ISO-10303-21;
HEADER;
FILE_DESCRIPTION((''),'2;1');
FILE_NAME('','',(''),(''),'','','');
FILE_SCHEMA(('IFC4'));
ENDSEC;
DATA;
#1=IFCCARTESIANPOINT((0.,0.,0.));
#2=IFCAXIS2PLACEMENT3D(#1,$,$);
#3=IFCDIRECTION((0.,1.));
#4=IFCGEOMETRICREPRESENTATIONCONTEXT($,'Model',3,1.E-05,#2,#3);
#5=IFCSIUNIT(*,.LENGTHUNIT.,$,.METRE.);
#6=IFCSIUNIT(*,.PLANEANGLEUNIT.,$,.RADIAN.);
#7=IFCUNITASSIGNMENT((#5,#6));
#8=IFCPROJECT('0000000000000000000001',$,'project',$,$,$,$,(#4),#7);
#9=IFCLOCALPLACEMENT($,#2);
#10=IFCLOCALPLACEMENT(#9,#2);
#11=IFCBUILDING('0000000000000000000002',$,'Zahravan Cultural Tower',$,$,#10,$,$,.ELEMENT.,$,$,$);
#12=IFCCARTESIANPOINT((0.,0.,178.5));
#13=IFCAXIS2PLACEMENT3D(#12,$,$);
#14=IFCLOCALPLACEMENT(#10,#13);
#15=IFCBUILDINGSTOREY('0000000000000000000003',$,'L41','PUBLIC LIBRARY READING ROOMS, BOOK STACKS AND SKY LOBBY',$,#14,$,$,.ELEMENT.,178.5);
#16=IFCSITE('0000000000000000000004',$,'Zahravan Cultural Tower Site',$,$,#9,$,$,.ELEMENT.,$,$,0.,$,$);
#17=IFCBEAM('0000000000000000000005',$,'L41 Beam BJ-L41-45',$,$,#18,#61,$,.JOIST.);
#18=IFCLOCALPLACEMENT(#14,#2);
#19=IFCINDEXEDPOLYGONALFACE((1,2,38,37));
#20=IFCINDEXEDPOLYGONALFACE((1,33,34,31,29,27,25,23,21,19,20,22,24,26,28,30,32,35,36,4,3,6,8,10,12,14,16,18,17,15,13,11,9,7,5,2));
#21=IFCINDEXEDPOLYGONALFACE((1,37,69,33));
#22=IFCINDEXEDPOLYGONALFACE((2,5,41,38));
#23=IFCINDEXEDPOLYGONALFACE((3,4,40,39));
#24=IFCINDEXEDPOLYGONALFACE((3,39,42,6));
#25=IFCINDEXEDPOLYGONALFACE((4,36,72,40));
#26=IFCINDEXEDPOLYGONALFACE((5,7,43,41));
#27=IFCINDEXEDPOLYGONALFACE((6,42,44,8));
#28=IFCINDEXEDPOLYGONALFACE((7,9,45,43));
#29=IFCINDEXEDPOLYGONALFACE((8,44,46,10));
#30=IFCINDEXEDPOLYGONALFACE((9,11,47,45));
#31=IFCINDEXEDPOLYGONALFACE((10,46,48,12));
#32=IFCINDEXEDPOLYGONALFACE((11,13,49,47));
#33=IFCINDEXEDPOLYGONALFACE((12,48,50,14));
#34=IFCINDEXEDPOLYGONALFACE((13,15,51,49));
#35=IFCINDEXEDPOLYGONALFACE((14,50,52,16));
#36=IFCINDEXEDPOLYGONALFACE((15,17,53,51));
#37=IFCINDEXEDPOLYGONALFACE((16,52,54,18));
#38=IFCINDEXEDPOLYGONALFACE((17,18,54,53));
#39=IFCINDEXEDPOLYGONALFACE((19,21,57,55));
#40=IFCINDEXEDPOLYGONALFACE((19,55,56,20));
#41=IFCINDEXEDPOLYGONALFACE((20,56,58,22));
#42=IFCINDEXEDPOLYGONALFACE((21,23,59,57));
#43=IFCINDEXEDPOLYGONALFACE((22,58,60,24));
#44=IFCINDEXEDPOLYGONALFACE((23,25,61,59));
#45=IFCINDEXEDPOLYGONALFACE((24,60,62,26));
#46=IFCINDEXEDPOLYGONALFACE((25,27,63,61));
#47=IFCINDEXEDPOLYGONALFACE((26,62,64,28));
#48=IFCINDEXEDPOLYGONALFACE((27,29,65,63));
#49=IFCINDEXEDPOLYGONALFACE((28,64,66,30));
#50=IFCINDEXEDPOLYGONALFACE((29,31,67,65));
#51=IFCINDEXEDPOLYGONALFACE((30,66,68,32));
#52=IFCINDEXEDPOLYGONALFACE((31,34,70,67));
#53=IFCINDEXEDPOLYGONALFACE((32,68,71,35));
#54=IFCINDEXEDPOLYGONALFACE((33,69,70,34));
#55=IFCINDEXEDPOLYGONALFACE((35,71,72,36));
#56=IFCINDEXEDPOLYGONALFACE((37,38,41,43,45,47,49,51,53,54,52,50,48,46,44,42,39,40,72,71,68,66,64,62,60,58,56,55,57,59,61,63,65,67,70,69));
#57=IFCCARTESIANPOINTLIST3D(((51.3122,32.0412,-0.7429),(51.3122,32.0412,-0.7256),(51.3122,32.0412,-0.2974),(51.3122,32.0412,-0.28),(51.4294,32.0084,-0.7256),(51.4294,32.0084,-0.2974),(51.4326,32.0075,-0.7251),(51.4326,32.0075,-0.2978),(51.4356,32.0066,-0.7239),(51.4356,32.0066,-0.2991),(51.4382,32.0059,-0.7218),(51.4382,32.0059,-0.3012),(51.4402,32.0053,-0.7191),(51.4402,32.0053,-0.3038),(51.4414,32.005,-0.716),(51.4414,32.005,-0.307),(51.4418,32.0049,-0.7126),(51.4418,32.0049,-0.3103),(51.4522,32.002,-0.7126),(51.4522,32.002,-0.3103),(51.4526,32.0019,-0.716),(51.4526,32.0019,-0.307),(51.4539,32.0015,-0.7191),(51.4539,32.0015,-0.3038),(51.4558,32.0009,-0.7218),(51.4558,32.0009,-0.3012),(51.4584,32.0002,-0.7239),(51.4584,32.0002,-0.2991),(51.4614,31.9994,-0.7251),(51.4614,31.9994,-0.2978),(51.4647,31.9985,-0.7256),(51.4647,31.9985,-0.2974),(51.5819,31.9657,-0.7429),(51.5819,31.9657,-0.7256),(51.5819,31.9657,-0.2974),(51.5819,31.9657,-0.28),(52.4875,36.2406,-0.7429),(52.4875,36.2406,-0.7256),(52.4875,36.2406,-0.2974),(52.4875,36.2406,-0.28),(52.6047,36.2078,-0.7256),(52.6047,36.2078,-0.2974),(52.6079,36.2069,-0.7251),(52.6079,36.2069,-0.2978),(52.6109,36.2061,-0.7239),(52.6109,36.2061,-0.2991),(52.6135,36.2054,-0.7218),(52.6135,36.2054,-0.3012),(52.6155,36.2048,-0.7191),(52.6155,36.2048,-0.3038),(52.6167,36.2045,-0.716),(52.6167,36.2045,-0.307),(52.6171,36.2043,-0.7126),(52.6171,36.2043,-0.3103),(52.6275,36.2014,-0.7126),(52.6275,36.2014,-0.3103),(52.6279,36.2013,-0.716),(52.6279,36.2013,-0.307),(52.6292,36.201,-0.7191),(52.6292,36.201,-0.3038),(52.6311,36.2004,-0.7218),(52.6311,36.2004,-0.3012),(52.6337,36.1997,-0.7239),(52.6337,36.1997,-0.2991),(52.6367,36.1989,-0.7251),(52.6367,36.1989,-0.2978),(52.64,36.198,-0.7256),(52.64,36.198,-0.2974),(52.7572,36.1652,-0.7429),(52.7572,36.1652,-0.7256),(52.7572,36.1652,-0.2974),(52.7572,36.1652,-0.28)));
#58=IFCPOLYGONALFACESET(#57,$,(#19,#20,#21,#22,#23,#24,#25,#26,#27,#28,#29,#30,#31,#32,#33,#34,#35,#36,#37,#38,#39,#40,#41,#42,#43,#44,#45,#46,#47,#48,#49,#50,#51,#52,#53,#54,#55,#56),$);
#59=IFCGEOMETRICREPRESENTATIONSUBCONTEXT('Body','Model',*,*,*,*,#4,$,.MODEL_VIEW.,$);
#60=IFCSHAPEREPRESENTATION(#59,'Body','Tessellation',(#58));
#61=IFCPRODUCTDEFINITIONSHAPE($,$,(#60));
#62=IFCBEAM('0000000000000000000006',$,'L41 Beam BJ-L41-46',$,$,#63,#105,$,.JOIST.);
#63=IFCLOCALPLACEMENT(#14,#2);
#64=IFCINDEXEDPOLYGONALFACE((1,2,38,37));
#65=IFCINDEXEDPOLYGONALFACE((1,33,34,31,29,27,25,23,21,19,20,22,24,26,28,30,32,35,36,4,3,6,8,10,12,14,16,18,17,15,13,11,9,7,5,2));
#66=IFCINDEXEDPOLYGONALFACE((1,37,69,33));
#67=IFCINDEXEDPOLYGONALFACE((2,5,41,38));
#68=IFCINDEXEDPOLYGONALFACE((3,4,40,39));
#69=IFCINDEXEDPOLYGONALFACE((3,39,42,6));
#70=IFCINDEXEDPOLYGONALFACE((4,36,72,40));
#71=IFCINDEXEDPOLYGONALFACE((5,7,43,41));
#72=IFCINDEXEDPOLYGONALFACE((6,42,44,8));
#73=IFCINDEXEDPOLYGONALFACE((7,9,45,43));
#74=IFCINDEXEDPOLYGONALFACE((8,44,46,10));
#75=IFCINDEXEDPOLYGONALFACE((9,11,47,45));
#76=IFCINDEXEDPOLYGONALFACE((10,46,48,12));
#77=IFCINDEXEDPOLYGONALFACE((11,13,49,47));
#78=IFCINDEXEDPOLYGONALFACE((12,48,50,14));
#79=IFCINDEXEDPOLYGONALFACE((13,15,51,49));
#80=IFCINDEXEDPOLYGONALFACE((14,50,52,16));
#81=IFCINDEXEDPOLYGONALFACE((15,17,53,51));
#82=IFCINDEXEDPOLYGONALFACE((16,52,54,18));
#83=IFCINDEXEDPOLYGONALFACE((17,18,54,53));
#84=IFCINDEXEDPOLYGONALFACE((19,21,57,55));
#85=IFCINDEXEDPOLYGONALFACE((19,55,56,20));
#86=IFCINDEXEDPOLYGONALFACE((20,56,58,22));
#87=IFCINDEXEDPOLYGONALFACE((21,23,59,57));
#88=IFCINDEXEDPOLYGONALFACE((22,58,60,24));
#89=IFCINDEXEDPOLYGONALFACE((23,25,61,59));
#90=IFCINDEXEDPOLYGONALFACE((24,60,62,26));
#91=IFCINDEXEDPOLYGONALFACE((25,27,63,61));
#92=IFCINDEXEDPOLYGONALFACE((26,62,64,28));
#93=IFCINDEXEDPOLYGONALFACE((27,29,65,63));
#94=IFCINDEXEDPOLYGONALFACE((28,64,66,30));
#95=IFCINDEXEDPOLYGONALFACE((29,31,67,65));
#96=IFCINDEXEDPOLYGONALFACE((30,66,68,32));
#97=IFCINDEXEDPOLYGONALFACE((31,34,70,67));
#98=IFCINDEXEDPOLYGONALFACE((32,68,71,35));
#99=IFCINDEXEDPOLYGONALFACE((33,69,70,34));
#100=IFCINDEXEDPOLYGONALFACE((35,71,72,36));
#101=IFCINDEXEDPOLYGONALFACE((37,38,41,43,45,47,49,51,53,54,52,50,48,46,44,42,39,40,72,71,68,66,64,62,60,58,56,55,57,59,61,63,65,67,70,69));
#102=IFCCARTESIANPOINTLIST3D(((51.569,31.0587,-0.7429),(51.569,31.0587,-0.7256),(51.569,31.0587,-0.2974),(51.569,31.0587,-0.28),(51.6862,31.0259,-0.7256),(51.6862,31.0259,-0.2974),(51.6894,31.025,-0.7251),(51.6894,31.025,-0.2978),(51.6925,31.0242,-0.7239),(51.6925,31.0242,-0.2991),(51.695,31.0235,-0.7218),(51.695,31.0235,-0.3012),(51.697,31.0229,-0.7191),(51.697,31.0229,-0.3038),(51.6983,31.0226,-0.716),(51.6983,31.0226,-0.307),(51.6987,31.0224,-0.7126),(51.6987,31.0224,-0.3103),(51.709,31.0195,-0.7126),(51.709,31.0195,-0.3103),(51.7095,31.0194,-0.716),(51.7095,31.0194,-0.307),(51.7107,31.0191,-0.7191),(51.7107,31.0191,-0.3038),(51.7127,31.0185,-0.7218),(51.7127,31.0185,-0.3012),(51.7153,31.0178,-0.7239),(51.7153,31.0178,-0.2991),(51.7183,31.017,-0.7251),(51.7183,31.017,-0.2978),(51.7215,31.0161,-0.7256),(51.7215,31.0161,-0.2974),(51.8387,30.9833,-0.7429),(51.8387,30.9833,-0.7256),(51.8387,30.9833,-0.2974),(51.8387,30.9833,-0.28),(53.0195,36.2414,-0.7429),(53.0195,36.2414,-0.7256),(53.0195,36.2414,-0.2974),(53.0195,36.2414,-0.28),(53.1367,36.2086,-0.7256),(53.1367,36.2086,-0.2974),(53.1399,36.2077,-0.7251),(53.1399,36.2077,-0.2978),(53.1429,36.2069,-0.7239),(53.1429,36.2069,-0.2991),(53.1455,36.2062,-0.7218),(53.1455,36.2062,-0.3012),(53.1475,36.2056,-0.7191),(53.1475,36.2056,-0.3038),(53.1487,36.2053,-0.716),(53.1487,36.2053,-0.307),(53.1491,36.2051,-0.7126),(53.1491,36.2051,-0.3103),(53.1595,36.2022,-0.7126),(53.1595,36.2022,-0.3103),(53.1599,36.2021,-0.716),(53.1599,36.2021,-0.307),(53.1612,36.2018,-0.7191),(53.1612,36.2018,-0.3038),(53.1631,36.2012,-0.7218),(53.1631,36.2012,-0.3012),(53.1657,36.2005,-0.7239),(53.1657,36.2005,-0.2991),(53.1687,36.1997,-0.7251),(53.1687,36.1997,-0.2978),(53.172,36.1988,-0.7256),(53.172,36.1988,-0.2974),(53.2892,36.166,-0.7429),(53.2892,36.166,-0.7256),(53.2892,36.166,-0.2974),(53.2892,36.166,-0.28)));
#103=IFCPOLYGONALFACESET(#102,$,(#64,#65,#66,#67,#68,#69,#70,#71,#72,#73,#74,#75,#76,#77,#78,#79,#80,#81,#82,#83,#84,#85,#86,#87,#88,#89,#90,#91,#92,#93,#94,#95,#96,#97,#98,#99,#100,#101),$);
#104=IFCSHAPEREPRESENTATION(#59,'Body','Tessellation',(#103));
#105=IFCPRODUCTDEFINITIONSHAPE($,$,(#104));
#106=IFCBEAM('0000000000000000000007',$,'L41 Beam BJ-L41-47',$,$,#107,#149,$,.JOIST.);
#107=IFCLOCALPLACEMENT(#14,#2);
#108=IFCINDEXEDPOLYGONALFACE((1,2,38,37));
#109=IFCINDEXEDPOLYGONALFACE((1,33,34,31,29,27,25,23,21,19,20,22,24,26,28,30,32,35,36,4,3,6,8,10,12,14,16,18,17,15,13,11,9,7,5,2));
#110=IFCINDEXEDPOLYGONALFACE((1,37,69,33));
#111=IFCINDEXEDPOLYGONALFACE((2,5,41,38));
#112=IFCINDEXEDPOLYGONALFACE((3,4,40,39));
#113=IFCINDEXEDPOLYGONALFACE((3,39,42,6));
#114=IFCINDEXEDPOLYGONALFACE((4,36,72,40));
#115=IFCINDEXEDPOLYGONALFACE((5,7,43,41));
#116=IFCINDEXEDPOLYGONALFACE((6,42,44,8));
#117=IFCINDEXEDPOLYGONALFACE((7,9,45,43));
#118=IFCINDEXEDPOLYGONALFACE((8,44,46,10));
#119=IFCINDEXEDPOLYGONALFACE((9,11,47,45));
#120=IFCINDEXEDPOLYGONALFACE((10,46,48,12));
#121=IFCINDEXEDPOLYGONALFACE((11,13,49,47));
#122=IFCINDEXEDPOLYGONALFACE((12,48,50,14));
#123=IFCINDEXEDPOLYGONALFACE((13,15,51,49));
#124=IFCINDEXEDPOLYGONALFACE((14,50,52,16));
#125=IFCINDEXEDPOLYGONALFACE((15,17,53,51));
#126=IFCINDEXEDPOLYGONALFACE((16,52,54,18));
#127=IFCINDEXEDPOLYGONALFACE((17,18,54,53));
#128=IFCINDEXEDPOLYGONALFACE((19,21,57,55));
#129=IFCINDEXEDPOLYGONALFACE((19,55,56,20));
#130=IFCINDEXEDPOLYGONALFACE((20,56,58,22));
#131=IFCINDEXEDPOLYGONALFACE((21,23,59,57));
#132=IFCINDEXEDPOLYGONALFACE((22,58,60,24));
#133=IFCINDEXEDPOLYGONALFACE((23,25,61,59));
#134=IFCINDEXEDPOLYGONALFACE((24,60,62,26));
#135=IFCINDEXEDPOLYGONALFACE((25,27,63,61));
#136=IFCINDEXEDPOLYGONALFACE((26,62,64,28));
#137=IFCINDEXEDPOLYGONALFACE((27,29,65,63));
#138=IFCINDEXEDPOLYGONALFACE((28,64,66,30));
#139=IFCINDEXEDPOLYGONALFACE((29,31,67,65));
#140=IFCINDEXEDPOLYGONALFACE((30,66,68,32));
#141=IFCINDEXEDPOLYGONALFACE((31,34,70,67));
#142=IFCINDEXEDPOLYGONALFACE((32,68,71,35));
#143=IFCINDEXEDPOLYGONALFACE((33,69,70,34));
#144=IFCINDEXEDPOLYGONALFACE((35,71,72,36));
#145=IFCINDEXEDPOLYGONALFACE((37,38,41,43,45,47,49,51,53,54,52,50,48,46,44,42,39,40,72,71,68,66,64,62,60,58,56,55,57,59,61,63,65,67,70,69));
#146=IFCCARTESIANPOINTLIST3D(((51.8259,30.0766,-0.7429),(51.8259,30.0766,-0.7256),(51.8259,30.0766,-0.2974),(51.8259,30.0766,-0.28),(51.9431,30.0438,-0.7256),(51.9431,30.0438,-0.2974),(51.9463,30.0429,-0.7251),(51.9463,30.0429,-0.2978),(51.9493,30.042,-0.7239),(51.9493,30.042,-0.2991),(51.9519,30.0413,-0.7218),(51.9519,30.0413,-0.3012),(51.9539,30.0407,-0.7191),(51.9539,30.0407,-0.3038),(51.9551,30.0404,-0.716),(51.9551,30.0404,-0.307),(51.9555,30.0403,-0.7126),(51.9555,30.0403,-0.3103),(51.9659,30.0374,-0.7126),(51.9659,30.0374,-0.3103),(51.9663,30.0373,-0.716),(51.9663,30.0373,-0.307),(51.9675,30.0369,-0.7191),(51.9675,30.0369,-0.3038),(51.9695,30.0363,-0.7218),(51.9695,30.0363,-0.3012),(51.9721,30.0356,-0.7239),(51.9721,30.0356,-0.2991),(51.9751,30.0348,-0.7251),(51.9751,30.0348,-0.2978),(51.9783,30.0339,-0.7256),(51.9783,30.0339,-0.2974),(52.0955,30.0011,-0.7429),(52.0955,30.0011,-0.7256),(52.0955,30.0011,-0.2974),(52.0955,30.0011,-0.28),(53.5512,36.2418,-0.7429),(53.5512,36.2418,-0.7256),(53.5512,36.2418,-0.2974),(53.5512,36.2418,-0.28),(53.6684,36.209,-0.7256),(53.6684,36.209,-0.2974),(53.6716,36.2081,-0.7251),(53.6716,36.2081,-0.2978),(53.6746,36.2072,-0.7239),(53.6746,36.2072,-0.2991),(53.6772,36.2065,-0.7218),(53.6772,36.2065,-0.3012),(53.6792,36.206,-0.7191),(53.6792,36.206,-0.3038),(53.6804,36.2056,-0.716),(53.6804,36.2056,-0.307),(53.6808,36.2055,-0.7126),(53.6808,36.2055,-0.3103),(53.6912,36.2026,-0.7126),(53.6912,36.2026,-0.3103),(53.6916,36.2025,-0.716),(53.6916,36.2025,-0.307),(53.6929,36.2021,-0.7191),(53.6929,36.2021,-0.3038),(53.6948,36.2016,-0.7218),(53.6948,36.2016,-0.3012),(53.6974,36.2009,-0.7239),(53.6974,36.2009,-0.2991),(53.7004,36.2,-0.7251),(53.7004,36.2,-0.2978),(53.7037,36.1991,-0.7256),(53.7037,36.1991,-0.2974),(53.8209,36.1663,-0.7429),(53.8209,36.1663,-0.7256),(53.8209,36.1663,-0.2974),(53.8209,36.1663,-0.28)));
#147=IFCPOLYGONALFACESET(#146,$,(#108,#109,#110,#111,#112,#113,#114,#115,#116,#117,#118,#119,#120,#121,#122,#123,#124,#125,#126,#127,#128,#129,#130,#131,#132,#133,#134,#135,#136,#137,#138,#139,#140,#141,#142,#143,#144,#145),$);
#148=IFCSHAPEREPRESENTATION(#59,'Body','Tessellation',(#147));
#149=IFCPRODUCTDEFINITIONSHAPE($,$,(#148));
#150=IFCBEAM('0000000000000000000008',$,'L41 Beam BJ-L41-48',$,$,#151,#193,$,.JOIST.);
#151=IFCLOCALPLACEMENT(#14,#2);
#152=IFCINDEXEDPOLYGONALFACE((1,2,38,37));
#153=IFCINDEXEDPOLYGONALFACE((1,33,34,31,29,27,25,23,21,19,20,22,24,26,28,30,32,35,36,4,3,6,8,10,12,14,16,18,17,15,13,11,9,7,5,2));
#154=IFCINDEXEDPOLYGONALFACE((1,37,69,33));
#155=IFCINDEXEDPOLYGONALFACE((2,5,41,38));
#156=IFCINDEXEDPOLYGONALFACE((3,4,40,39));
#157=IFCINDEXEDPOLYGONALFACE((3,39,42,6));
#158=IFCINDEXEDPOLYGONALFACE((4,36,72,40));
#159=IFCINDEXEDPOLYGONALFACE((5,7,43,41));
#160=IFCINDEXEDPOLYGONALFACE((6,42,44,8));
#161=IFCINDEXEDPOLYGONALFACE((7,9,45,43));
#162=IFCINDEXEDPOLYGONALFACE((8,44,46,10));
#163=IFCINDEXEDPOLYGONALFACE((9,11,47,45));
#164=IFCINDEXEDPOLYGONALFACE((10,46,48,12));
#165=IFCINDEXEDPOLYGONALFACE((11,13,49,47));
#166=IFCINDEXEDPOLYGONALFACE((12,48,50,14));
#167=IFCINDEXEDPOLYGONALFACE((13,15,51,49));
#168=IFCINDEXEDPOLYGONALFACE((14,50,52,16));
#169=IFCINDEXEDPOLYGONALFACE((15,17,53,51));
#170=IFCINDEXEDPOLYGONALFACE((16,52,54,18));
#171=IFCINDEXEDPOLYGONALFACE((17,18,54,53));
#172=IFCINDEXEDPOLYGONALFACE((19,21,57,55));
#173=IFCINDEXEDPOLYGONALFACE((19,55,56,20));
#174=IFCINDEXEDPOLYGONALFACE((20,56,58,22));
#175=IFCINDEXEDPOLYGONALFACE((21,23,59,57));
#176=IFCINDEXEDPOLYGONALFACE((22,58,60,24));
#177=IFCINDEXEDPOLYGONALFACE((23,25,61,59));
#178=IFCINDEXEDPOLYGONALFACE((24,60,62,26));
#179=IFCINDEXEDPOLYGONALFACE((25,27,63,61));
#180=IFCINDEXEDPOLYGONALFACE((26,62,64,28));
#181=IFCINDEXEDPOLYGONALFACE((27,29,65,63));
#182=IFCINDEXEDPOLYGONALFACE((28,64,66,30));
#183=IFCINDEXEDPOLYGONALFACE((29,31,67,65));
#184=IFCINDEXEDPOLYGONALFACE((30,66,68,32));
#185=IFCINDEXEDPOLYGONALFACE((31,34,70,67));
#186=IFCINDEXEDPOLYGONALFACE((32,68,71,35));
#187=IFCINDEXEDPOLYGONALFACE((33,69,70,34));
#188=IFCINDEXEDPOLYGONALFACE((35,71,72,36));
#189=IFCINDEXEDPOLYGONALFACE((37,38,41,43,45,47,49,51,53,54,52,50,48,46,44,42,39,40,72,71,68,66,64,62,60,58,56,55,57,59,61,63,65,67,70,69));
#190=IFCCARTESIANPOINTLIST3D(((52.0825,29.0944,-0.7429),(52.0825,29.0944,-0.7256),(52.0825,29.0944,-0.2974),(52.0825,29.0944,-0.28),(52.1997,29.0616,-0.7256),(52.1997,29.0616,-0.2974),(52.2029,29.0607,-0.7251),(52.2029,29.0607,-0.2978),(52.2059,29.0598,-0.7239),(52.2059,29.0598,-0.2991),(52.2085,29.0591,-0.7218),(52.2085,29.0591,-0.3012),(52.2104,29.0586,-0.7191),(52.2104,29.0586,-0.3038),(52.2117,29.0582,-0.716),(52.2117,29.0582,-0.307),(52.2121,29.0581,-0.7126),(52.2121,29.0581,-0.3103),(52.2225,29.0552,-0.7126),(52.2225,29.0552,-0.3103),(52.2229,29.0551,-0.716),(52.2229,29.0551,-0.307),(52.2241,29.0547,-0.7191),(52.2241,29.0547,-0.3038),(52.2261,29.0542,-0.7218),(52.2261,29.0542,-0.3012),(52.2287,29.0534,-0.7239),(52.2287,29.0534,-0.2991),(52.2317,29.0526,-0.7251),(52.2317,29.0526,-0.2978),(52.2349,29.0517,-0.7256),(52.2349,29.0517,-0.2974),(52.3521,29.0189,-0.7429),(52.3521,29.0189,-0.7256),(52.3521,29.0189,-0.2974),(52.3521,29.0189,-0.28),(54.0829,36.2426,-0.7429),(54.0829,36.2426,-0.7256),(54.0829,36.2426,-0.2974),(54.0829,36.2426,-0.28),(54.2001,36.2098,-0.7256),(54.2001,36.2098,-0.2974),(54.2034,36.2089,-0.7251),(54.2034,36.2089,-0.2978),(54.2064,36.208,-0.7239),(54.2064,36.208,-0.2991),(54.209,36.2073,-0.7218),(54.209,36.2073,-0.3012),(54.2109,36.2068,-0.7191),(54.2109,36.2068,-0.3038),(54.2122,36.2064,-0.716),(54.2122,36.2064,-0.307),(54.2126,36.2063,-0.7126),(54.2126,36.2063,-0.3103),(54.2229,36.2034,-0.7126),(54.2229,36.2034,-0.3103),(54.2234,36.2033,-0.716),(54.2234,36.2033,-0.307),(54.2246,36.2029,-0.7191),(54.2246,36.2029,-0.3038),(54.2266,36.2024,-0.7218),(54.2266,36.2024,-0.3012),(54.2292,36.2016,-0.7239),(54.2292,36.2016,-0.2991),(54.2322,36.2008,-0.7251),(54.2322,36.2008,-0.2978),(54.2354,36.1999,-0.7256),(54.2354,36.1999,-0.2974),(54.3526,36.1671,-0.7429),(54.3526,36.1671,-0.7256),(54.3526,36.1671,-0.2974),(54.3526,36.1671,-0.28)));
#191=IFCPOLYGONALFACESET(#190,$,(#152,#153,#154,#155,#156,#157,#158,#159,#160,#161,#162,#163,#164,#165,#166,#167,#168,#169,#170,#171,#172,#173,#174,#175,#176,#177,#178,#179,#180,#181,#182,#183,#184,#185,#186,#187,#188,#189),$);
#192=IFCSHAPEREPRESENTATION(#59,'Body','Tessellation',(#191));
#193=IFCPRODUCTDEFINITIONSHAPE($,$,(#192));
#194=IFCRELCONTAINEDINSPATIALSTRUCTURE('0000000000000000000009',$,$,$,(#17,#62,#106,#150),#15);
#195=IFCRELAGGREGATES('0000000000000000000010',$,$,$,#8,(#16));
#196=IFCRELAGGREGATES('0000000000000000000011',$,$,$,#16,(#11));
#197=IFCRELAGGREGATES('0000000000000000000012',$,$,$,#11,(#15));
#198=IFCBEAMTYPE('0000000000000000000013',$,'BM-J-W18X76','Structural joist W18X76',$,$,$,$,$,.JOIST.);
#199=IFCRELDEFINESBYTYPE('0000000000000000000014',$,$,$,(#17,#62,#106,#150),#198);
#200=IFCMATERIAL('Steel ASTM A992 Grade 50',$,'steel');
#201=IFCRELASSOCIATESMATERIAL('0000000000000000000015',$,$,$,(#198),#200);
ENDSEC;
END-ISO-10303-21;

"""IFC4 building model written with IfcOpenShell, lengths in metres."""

from ifc_helpers import new_model, si_unit, direction, frame, origin, origin_2d, place, context, subcontext, project, spatial, i_section, extrude, source, transform, mapped, material, material_profile, profile_set, type_object, element, save


model = new_model("IFC4")

# Units and contexts
model_context = context("Model", 3, precision=1e-05, world=origin(), true_north=direction((0.0, 1.0)))
body_context = subcontext(model_context, "Body", "Model", "MODEL_VIEW")
ifc_project = project(units=[si_unit("LENGTHUNIT", "METRE"), si_unit("PLANEANGLEUNIT", "RADIAN")], contexts=[model_context])

# Site, building, storey
site_placement = place(None, origin())
site = spatial("IfcSite", under=ifc_project, at=site_placement, Name="Zahravan Cultural Tower Site", CompositionType="ELEMENT", RefElevation=0.0)
building_placement = place(site_placement, origin())
building = spatial("IfcBuilding", under=site, at=building_placement, Name="Zahravan Cultural Tower", CompositionType="ELEMENT")
storey_placement = place(building_placement, frame((0.0, 0.0, 178.5)))
storey = spatial("IfcBuildingStorey", under=building, at=storey_placement, Name="L41", Description="PUBLIC LIBRARY READING ROOMS, BOOK STACKS AND SKY LOBBY", CompositionType="ELEMENT", Elevation=178.5)

# Shared definitions
ifc_material_1 = material(Name="Steel ASTM A992 Grade 50", Category="steel")

# Beams
ifc_material_profile_1 = material_profile(ifc_material_1, i_section(OverallWidth=0.28, OverallDepth=0.4629, WebThickness=0.0107, FlangeThickness=0.0173, FilletRadius=0.0129, at=origin_2d()), Name="W18X76")
ifc_profile_set_1 = profile_set([ifc_material_profile_1], Name="Steel ASTM A992 Grade 50")
beam_type_1 = type_object("IfcBeamType", Name="BM-J-W18X76", Description="Structural joist W18X76", PredefinedType="JOIST", material=ifc_profile_set_1)
shared_shape_1 = source(origin(), body_context, "Body", "SweptSolid", [
    extrude(i_section(OverallWidth=0.28, OverallDepth=0.4629, WebThickness=0.0107, FlangeThickness=0.0173, FilletRadius=0.0129, at=origin_2d()), origin(), (0.0, 0.0, 1.0), 4.3608),
])
beam_1_placement = place(storey_placement, frame((51.447, 32.0034, -0.5115), z_axis=(0.269512, 0.962997, 0.0), x_axis=(-0.962997, 0.269512, 0.0)))
element("IfcBeam", 1, at=beam_1_placement, inside=storey, type_object=beam_type_1, Name="L41 Beam BJ-L41-45", PredefinedType="JOIST", context=body_context, shape_type="MappedRepresentation", body=[
    mapped(shared_shape_1, transform((0.0, 0.0, 0.0), x_axis=(1.0, 0.0, 0.0), y_axis=(0.0, 1.0, 0.0), z_axis=(0.0, 0.0, 1.0), scale=1.0)),
])
shared_shape_2 = source(origin(), body_context, "Body", "SweptSolid", [
    extrude(i_section(OverallWidth=0.28, OverallDepth=0.4629, WebThickness=0.0107, FlangeThickness=0.0173, FilletRadius=0.0129, at=origin_2d()), origin(), (0.0, 0.0, 1.0), 5.3818),
])
beam_2_placement = place(storey_placement, frame((51.7039, 31.021, -0.5115), z_axis=(0.26951, 0.962997, 0.0), x_axis=(-0.962997, 0.26951, 0.0)))
element("IfcBeam", 2, at=beam_2_placement, inside=storey, type_object=beam_type_1, Name="L41 Beam BJ-L41-46", PredefinedType="JOIST", context=body_context, shape_type="MappedRepresentation", body=[
    mapped(shared_shape_2, transform((0.0, 0.0, 0.0), x_axis=(1.0, 0.0, 0.0), y_axis=(0.0, 1.0, 0.0), z_axis=(0.0, 0.0, 1.0), scale=1.0)),
])
shared_shape_3 = source(origin(), body_context, "Body", "SweptSolid", [
    extrude(i_section(OverallWidth=0.28, OverallDepth=0.4629, WebThickness=0.0107, FlangeThickness=0.0173, FilletRadius=0.0129, at=origin_2d()), origin(), (0.0, 0.0, 1.0), 6.4021),
])
beam_3_placement = place(storey_placement, frame((51.9607, 30.0388, -0.5115), z_axis=(0.269494, 0.963002, 0.0), x_axis=(-0.963002, 0.269494, 0.0)))
element("IfcBeam", 3, at=beam_3_placement, inside=storey, type_object=beam_type_1, Name="L41 Beam BJ-L41-47", PredefinedType="JOIST", context=body_context, shape_type="MappedRepresentation", body=[
    mapped(shared_shape_3, transform((0.0, 0.0, 0.0), x_axis=(1.0, 0.0, 0.0), y_axis=(0.0, 1.0, 0.0), z_axis=(0.0, 0.0, 1.0), scale=1.0)),
])
shared_shape_4 = source(origin(), body_context, "Body", "SweptSolid", [
    extrude(i_section(OverallWidth=0.28, OverallDepth=0.4629, WebThickness=0.0107, FlangeThickness=0.0173, FilletRadius=0.0129, at=origin_2d()), origin(), (0.0, 0.0, 1.0), 7.4229),
])
beam_4_placement = place(storey_placement, frame((52.2173, 29.0566, -0.5115), z_axis=(0.269504, 0.962999, 0.0), x_axis=(-0.962999, 0.269504, 0.0)))
element("IfcBeam", 4, at=beam_4_placement, inside=storey, type_object=beam_type_1, Name="L41 Beam BJ-L41-48", PredefinedType="JOIST", context=body_context, shape_type="MappedRepresentation", body=[
    mapped(shared_shape_4, transform((0.0, 0.0, 0.0), x_axis=(1.0, 0.0, 0.0), y_axis=(0.0, 1.0, 0.0), z_axis=(0.0, 0.0, 1.0), scale=1.0)),
])

save(model, "model.ifc")
